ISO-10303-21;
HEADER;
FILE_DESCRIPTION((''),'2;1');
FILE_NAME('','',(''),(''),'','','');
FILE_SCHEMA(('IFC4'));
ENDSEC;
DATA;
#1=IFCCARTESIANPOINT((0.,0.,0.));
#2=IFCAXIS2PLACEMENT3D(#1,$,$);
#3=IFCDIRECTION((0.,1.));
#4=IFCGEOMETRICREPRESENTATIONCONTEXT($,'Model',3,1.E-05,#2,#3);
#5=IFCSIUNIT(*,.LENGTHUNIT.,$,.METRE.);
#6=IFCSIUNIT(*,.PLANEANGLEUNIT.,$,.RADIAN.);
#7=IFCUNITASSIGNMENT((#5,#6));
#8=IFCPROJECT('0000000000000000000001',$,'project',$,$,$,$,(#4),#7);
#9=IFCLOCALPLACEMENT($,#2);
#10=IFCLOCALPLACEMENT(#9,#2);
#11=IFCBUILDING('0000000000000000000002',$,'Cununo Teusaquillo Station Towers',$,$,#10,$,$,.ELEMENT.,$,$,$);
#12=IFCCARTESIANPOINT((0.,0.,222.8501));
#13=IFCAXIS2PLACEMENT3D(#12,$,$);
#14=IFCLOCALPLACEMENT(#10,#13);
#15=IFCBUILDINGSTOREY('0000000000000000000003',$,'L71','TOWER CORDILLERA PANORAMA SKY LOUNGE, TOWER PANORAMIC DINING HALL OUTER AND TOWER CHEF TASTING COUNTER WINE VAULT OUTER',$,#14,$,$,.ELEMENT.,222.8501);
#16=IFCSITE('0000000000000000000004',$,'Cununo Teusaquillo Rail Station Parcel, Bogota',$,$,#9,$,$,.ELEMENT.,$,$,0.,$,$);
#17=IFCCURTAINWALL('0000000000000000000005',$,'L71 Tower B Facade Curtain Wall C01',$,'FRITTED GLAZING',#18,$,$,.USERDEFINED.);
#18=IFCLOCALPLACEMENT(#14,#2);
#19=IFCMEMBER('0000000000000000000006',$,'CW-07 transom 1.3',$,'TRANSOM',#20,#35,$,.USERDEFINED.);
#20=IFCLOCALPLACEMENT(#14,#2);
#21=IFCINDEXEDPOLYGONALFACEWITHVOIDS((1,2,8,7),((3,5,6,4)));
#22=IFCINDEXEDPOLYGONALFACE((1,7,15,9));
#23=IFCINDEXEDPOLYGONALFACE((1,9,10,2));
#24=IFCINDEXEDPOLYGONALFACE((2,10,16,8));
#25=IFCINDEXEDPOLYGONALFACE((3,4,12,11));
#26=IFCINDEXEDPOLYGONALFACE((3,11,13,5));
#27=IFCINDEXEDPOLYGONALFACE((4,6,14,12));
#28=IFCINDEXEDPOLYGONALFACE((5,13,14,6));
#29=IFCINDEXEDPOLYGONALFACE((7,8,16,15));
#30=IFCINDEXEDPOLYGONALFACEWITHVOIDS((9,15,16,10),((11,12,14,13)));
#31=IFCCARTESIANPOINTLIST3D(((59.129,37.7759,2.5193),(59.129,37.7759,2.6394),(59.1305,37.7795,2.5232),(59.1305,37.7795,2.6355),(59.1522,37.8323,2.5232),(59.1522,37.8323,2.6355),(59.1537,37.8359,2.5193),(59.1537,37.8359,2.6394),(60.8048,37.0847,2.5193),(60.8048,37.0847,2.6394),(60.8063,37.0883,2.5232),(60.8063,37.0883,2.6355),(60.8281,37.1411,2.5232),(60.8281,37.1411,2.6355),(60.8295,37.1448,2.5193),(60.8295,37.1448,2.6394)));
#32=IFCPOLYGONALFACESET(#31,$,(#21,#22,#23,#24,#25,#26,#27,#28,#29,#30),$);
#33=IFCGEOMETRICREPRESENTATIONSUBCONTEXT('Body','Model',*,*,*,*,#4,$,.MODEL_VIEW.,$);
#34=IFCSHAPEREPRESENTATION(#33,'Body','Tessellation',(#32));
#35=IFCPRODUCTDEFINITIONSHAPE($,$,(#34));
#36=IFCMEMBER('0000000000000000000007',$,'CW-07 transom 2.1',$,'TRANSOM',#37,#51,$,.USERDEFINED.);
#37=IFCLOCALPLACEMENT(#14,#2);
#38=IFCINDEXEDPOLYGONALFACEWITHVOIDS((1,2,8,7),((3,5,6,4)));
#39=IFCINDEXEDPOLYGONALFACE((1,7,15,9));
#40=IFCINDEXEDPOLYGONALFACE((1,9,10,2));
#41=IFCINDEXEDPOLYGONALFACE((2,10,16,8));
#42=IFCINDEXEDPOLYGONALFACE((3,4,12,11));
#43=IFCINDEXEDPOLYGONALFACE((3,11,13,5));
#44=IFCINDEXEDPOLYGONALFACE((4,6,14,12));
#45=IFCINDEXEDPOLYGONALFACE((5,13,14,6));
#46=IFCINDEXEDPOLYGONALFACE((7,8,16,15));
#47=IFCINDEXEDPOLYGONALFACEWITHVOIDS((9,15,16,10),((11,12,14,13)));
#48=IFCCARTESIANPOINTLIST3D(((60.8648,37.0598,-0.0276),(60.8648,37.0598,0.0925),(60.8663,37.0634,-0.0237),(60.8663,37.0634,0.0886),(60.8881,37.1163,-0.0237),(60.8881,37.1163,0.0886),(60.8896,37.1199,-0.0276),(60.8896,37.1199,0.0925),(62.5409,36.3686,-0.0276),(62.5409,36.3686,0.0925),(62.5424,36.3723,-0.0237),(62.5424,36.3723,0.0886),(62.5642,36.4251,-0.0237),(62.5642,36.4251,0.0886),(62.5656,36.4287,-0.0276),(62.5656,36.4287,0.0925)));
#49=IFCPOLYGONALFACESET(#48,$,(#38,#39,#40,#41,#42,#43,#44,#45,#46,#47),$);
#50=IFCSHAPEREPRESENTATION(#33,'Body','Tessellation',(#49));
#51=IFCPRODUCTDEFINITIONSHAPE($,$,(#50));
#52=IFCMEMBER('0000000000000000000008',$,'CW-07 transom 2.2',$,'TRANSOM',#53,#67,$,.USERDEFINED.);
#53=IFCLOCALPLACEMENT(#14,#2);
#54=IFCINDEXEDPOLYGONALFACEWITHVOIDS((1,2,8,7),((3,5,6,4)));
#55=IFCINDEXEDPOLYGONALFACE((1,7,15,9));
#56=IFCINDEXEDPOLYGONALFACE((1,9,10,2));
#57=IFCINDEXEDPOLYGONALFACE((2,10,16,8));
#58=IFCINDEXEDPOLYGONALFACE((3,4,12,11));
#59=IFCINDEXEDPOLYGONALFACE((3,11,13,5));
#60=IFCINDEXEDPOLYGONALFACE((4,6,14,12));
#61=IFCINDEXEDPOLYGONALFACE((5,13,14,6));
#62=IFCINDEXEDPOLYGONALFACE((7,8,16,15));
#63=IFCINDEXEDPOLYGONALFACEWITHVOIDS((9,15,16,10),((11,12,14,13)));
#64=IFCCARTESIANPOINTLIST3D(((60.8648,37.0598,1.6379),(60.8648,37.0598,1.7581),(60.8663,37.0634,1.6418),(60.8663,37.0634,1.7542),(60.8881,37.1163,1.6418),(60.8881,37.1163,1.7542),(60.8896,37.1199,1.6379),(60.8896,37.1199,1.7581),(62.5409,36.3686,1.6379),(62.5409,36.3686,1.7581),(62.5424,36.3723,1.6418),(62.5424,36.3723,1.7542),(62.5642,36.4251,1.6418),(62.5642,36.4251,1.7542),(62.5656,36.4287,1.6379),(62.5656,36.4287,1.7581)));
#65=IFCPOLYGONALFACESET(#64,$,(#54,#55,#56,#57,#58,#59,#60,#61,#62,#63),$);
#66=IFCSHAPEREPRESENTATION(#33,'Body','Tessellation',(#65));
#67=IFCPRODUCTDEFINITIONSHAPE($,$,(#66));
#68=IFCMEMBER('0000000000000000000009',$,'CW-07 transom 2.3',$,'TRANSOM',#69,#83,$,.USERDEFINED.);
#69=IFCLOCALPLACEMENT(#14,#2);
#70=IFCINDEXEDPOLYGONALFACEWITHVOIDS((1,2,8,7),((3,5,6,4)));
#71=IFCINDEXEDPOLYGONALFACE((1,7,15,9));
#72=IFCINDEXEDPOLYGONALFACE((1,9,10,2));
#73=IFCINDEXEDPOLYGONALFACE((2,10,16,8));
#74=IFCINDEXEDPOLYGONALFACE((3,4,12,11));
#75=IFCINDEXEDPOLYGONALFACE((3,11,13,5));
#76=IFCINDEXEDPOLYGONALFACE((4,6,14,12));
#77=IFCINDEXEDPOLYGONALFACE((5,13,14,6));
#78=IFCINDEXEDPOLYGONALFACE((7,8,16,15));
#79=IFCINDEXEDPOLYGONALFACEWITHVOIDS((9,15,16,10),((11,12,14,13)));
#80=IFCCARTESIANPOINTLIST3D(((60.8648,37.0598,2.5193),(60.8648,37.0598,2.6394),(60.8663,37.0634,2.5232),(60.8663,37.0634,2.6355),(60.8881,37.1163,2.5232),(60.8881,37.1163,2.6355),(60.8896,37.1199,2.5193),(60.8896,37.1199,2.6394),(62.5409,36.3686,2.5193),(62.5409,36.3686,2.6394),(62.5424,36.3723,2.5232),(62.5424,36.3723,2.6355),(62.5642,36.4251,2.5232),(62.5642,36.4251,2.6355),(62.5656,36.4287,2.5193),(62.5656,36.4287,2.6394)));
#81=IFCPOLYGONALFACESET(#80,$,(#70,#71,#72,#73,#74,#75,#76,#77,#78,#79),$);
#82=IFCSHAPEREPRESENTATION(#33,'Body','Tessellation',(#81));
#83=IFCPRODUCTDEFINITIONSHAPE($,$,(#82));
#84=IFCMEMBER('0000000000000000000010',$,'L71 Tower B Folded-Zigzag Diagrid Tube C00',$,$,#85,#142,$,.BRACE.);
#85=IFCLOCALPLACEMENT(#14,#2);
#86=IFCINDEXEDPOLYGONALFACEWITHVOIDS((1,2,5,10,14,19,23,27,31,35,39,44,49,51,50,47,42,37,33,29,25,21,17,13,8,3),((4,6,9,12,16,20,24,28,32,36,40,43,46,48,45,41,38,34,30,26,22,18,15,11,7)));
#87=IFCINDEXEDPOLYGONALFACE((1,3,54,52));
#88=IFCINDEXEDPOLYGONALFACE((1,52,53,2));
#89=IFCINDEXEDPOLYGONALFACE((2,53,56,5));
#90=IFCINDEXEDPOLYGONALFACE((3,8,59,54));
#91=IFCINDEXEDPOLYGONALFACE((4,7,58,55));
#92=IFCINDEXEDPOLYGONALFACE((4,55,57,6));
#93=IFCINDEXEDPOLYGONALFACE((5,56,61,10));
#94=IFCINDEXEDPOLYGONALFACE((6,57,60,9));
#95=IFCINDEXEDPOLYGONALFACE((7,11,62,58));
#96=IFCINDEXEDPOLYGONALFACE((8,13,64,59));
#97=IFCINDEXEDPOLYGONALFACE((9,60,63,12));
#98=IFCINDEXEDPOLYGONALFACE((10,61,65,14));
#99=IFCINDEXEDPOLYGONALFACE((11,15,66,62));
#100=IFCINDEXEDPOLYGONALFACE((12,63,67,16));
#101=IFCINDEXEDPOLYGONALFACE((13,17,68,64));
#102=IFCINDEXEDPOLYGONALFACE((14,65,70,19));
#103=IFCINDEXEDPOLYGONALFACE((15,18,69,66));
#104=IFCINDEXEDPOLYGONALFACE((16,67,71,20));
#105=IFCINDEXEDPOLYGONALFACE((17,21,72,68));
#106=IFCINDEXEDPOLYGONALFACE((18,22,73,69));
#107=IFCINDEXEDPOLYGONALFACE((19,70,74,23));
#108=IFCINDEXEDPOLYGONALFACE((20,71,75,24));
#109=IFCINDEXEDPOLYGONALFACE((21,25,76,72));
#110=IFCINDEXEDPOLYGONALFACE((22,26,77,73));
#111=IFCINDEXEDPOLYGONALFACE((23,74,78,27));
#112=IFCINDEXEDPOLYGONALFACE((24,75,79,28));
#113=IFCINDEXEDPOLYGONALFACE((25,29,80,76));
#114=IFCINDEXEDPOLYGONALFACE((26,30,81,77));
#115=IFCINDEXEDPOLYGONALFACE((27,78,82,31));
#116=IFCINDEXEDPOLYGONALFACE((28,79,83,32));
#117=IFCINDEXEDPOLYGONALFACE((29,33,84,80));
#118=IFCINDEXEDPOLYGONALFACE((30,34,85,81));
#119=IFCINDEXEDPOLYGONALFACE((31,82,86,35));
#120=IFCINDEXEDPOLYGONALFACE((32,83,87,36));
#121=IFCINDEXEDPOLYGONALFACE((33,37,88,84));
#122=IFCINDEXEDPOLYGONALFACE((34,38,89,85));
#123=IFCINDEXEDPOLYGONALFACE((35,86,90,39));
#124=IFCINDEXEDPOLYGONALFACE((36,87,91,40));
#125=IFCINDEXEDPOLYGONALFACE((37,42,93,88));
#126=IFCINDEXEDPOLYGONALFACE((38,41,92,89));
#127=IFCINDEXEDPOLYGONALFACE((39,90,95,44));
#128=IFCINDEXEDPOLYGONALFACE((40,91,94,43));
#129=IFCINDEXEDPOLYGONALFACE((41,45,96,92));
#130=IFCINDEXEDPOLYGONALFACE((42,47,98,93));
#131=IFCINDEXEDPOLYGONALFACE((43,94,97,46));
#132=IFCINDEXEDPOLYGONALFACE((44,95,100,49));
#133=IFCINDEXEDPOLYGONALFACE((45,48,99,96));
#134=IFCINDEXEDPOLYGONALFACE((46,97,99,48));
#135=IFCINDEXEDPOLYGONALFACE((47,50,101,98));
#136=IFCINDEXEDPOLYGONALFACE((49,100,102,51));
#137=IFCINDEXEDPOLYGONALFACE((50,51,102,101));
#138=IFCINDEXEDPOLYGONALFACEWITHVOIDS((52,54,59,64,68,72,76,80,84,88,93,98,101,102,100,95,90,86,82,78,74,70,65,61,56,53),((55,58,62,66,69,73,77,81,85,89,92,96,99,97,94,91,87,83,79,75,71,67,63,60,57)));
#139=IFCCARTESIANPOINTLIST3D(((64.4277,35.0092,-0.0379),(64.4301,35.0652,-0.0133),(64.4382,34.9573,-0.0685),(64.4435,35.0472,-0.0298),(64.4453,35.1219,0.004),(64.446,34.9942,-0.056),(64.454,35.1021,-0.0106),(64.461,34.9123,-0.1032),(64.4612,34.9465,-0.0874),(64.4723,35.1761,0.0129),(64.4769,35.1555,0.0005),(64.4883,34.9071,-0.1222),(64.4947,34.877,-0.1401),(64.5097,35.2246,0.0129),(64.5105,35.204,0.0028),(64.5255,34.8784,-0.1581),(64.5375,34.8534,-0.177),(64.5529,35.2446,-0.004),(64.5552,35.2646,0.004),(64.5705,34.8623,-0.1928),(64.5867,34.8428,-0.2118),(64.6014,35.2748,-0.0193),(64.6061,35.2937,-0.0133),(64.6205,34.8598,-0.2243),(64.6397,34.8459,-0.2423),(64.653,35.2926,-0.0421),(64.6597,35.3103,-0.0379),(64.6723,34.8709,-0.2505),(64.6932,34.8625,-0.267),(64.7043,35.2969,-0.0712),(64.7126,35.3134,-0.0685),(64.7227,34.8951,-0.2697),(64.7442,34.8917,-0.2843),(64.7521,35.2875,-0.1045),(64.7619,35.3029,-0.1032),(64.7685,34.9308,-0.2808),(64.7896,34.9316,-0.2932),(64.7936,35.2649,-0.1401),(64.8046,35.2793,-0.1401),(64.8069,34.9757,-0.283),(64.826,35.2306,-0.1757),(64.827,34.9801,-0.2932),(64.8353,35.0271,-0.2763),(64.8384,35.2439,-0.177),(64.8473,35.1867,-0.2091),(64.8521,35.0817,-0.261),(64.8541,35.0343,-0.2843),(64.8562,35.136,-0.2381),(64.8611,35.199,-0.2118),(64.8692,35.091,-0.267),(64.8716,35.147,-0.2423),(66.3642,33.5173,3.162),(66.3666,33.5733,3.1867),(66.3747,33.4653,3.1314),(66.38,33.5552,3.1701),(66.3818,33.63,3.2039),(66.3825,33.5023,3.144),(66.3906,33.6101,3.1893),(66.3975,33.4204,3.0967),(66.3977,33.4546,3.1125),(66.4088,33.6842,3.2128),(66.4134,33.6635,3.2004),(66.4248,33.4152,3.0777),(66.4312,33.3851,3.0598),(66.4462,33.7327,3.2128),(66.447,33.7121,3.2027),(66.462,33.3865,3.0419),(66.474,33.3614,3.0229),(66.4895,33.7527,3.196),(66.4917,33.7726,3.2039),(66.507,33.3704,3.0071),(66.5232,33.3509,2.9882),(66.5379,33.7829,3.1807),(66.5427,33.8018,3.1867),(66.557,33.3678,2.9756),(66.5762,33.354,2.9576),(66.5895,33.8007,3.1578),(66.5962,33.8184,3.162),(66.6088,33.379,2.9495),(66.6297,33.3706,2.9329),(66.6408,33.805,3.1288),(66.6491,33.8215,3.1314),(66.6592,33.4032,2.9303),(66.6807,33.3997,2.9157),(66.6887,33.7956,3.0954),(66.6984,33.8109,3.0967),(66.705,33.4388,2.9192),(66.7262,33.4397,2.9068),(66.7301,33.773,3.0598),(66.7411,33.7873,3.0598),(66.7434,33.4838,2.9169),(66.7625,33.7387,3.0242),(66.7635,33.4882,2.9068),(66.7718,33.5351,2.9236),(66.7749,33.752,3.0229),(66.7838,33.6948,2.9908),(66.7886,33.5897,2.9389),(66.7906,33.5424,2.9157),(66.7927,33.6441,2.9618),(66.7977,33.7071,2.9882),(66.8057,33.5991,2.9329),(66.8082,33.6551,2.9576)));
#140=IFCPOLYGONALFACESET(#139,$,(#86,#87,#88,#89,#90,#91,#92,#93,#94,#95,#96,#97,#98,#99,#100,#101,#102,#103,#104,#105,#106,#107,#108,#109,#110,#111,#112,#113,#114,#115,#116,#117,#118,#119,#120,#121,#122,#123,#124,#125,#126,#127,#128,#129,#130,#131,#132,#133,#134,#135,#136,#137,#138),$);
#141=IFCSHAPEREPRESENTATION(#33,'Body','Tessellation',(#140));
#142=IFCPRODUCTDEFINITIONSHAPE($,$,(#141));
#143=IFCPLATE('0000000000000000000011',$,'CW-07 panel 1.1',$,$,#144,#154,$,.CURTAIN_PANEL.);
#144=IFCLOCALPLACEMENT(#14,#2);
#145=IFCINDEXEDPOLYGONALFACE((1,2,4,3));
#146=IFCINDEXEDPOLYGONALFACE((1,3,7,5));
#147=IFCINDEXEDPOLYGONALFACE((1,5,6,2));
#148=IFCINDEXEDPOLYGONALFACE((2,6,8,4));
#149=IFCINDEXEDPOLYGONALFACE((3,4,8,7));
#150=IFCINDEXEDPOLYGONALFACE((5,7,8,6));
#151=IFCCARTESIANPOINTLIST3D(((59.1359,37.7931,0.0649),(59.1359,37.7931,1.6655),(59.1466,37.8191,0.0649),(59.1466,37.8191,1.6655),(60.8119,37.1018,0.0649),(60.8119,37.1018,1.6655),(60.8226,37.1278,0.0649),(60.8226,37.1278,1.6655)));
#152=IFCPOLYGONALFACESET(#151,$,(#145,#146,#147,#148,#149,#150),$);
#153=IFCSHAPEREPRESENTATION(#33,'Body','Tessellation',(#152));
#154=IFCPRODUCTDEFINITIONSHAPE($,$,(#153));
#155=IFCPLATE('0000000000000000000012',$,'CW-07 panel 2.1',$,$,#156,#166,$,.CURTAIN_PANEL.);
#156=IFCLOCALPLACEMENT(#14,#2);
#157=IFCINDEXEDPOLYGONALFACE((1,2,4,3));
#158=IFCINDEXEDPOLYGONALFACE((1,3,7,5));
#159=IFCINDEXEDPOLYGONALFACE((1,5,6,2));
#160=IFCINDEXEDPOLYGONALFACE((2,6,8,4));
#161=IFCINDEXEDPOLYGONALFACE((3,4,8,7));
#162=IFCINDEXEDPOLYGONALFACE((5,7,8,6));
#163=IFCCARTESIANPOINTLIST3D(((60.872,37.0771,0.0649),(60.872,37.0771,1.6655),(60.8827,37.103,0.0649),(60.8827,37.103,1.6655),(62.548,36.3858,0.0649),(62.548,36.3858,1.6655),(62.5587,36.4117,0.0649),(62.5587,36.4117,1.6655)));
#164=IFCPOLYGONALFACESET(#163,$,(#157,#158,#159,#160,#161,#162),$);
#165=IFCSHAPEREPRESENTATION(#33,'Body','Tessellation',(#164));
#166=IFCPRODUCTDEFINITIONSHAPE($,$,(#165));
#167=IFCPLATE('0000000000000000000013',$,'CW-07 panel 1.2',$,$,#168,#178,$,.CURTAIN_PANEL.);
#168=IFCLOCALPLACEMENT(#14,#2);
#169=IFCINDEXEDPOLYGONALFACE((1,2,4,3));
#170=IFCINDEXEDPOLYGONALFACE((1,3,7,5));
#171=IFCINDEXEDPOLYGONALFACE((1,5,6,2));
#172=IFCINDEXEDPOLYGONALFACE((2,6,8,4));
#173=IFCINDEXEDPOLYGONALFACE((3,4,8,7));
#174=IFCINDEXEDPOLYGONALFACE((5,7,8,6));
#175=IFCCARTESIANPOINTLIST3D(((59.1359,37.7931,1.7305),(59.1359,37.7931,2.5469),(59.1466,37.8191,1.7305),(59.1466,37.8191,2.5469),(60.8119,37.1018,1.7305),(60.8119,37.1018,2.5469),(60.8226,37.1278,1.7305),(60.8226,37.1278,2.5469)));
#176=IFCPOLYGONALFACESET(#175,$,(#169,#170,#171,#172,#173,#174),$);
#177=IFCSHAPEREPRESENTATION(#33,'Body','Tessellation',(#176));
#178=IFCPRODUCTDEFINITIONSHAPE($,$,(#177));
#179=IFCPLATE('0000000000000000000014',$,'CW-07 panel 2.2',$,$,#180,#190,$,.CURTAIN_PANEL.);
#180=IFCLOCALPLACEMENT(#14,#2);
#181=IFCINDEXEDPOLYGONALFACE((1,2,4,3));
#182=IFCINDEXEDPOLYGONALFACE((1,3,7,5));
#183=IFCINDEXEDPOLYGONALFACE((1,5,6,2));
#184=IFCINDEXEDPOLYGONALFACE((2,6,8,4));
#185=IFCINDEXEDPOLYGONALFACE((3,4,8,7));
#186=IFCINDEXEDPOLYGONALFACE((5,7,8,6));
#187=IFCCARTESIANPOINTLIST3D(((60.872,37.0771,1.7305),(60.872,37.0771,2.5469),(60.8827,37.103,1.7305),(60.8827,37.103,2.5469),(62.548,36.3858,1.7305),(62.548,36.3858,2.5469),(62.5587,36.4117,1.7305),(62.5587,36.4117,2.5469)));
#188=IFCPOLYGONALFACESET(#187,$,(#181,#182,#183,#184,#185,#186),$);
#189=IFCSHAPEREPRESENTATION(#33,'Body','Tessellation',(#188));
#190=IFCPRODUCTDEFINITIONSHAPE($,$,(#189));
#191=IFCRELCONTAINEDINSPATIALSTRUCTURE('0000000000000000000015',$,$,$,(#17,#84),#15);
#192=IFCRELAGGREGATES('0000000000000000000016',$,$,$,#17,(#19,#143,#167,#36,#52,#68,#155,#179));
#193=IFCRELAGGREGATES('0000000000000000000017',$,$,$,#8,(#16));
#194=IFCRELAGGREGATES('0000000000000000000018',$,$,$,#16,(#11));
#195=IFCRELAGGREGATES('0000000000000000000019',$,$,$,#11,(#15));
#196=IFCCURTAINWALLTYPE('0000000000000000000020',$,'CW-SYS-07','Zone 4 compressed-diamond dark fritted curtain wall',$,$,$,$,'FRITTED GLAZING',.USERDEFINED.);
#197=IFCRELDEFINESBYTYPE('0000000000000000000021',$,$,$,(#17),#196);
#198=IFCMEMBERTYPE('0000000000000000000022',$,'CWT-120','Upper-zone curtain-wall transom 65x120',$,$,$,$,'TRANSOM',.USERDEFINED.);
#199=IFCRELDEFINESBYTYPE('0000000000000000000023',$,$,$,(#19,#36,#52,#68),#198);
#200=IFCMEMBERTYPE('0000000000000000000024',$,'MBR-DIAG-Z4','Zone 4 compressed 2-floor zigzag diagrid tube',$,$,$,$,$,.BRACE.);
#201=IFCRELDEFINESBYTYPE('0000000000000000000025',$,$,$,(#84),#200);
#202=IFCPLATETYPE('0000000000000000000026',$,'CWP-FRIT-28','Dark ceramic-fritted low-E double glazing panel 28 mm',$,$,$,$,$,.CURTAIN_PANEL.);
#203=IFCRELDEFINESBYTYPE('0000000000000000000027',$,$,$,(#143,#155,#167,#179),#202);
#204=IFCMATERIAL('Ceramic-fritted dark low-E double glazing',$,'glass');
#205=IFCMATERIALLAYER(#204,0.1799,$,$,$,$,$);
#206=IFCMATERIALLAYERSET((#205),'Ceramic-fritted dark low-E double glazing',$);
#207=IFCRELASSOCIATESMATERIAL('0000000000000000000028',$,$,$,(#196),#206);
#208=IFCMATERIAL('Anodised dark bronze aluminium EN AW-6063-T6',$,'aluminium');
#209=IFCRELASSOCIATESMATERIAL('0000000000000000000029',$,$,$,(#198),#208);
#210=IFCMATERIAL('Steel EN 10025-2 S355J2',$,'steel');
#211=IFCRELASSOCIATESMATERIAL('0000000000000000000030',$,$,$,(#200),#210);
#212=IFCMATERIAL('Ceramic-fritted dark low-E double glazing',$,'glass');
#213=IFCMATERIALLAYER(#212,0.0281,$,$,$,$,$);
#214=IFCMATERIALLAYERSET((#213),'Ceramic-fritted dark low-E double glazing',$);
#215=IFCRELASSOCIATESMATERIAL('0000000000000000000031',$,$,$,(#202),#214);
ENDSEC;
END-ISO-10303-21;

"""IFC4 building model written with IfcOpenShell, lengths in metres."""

from ifc_helpers import new_model, si_unit, direction, frame, origin, origin_2d, place, context, subcontext, project, spatial, rectangle, hollow_rectangle, hollow_circle, extrude, source, transform, mapped, material, layer, layer_set, material_profile, profile_set, type_object, element, aggregate, save


model = new_model("IFC4")

# Units and contexts
model_context = context("Model", 3, precision=1e-05, world=origin(), true_north=direction((0.0, 1.0)))
body_context = subcontext(model_context, "Body", "Model", "MODEL_VIEW")
ifc_project = project(units=[si_unit("LENGTHUNIT", "METRE"), si_unit("PLANEANGLEUNIT", "RADIAN")], contexts=[model_context])

# Site, building, storey
site_placement = place(None, origin())
site = spatial("IfcSite", under=ifc_project, at=site_placement, Name="Cununo Teusaquillo Rail Station Parcel, Bogota", CompositionType="ELEMENT", RefElevation=0.0)
building_placement = place(site_placement, origin())
building = spatial("IfcBuilding", under=site, at=building_placement, Name="Cununo Teusaquillo Station Towers", CompositionType="ELEMENT")
storey_placement = place(building_placement, frame((0.0, 0.0, 222.8501)))
storey = spatial("IfcBuildingStorey", under=building, at=storey_placement, Name="L71", Description="TOWER CORDILLERA PANORAMA SKY LOUNGE, TOWER PANORAMIC DINING HALL OUTER AND TOWER CHEF TASTING COUNTER WINE VAULT OUTER", CompositionType="ELEMENT", Elevation=222.8501)

# Curtain wall, members
ifc_material_1 = material(Name="Ceramic-fritted dark low-E double glazing", Category="glass")
ifc_layer_1 = layer(ifc_material_1, 0.1799)
ifc_layer_set_1 = layer_set([ifc_layer_1], Name="Ceramic-fritted dark low-E double glazing")
curtain_wall_type = type_object("IfcCurtainWallType", Name="CW-SYS-07", Description="Zone 4 compressed-diamond dark fritted curtain wall", ElementType="FRITTED GLAZING", PredefinedType="USERDEFINED", material=ifc_layer_set_1)
curtain_wall_placement = place(storey_placement, origin())
curtain_wall = element("IfcCurtainWall", 1, at=curtain_wall_placement, inside=storey, type_object=curtain_wall_type, Name="L71 Tower B Facade Curtain Wall C01", ObjectType="FRITTED GLAZING", PredefinedType="USERDEFINED")
ifc_material_2 = material(Name="Anodised dark bronze aluminium EN AW-6063-T6", Category="aluminium")
ifc_material_profile_1 = material_profile(ifc_material_2, hollow_rectangle(XDim=0.0649, YDim=0.1201, WallThickness=0.0039, at=origin_2d()), Name="CW-TRAN-65x120")
ifc_profile_set_1 = profile_set([ifc_material_profile_1], Name="Anodised dark bronze aluminium EN AW-6063-T6")
member_type_1 = type_object("IfcMemberType", Name="CWT-120", Description="Upper-zone curtain-wall transom 65x120", ElementType="TRANSOM", PredefinedType="USERDEFINED", material=ifc_profile_set_1)
member_1_placement = place(storey_placement, frame((59.1414, 37.8059, 2.5793), z_axis=(0.924458, -0.381285, 0.0), x_axis=(0.381285, 0.924458, 0.0)))
member_1 = element("IfcMember", 2, at=member_1_placement, type_object=member_type_1, Name="CW-07 transom 1.3", ObjectType="TRANSOM", PredefinedType="USERDEFINED", context=body_context, shape_type="SweptSolid", body=[
    extrude(hollow_rectangle(XDim=0.0649, YDim=0.1201, WallThickness=0.0039, at=origin_2d()), origin(), (0.0, 0.0, 1.0), 1.8127),
])
member_2_placement = place(storey_placement, frame((60.8772, 37.0898, 0.0325), z_axis=(0.924477, -0.381237, 0.0), x_axis=(0.381237, 0.924477, 0.0)))
member_2 = element("IfcMember", 3, at=member_2_placement, type_object=member_type_1, Name="CW-07 transom 2.1", ObjectType="TRANSOM", PredefinedType="USERDEFINED", context=body_context, shape_type="SweptSolid", body=[
    extrude(hollow_rectangle(XDim=0.0649, YDim=0.1201, WallThickness=0.0039, at=origin_2d()), origin(), (0.0, 0.0, 1.0), 1.813),
])
member_3_placement = place(storey_placement, frame((60.8772, 37.0898, 1.698), z_axis=(0.924477, -0.381237, 0.0), x_axis=(0.381237, 0.924477, 0.0)))
member_3 = element("IfcMember", 4, at=member_3_placement, type_object=member_type_1, Name="CW-07 transom 2.2", ObjectType="TRANSOM", PredefinedType="USERDEFINED", context=body_context, shape_type="SweptSolid", body=[
    extrude(hollow_rectangle(XDim=0.0649, YDim=0.1201, WallThickness=0.0039, at=origin_2d()), origin(), (0.0, 0.0, 1.0), 1.813),
])
member_4_placement = place(storey_placement, frame((60.8772, 37.0898, 2.5793), z_axis=(0.924477, -0.381237, 0.0), x_axis=(0.381237, 0.924477, 0.0)))
member_4 = element("IfcMember", 5, at=member_4_placement, type_object=member_type_1, Name="CW-07 transom 2.3", ObjectType="TRANSOM", PredefinedType="USERDEFINED", context=body_context, shape_type="SweptSolid", body=[
    extrude(hollow_rectangle(XDim=0.0649, YDim=0.1201, WallThickness=0.0039, at=origin_2d()), origin(), (0.0, 0.0, 1.0), 1.813),
])

# Member
ifc_material_3 = material(Name="Steel EN 10025-2 S355J2", Category="steel")
ifc_material_profile_2 = material_profile(ifc_material_3, hollow_circle(Radius=0.2539, WallThickness=0.0181, at=origin_2d()), Name="CHS 508x18")
ifc_profile_set_2 = profile_set([ifc_material_profile_2], Name="Steel EN 10025-2 S355J2")
member_type_2 = type_object("IfcMemberType", Name="MBR-DIAG-Z4", Description="Zone 4 compressed 2-floor zigzag diagrid tube", PredefinedType="BRACE", material=ifc_profile_set_2)
member_5_placement = place(storey_placement, frame((64.6497, 35.0781, -0.1401), z_axis=(0.4809, -0.370497, 0.794649), x_axis=(0.610304, 0.792167, 0.0)))
element("IfcMember", 6, at=member_5_placement, inside=storey, type_object=member_type_2, Name="L71 Tower B Folded-Zigzag Diagrid Tube C00", PredefinedType="BRACE", context=body_context, shape_type="SweptSolid", body=[
    extrude(hollow_circle(Radius=0.2539, WallThickness=0.0181, at=origin_2d()), origin(), (0.0, 0.0, 1.0), 4.0269),
])

# Plates
ifc_material_4 = material(Name="Ceramic-fritted dark low-E double glazing", Category="glass")
ifc_layer_2 = layer(ifc_material_4, 0.0281)
ifc_layer_set_2 = layer_set([ifc_layer_2], Name="Ceramic-fritted dark low-E double glazing")
plate_type = type_object("IfcPlateType", Name="CWP-FRIT-28", Description="Dark ceramic-fritted low-E double glazing panel 28 mm", PredefinedType="CURTAIN_PANEL", material=ifc_layer_set_2)
shared_shape_1 = source(origin(), body_context, "Body", "SweptSolid", [
    extrude(rectangle(XDim=1.813, YDim=0.0281, at=origin_2d()), origin(), (0.0, 0.0, 1.0), 1.6006),
])
plate_1_placement = place(storey_placement, frame((59.9792, 37.4604, 0.0649), z_axis=(0.0, 0.0, 1.0), x_axis=(0.924447, -0.381311, 0.0)))
plate_1 = element("IfcPlate", 7, at=plate_1_placement, type_object=plate_type, Name="CW-07 panel 1.1", PredefinedType="CURTAIN_PANEL", context=body_context, shape_type="MappedRepresentation", body=[
    mapped(shared_shape_1, transform((0.0, 0.0, 0.0), x_axis=(1.0, 0.0, 0.0), y_axis=(0.0, 1.0, 0.0), z_axis=(0.0, 0.0, 1.0), scale=1.0)),
])
plate_2_placement = place(storey_placement, frame((61.7153, 36.7444, 0.0649), z_axis=(0.0, 0.0, 1.0), x_axis=(0.924447, -0.381311, 0.0)))
plate_2 = element("IfcPlate", 8, at=plate_2_placement, type_object=plate_type, Name="CW-07 panel 2.1", PredefinedType="CURTAIN_PANEL", context=body_context, shape_type="MappedRepresentation", body=[
    mapped(shared_shape_1, transform((0.0, 0.0, 0.0), x_axis=(1.0, 0.0, 0.0), y_axis=(0.0, 1.0, 0.0), z_axis=(0.0, 0.0, 1.0), scale=1.0)),
])
shared_shape_2 = source(origin(), body_context, "Body", "SweptSolid", [
    extrude(rectangle(XDim=1.813, YDim=0.0281, at=origin_2d()), origin(), (0.0, 0.0, 1.0), 0.8164),
])
plate_3_placement = place(storey_placement, frame((59.9792, 37.4604, 1.7305), z_axis=(0.0, 0.0, 1.0), x_axis=(0.924447, -0.381311, 0.0)))
plate_3 = element("IfcPlate", 9, at=plate_3_placement, type_object=plate_type, Name="CW-07 panel 1.2", PredefinedType="CURTAIN_PANEL", context=body_context, shape_type="MappedRepresentation", body=[
    mapped(shared_shape_2, transform((0.0, 0.0, 0.0), x_axis=(1.0, 0.0, 0.0), y_axis=(0.0, 1.0, 0.0), z_axis=(0.0, 0.0, 1.0), scale=1.0)),
])
plate_4_placement = place(storey_placement, frame((61.7153, 36.7444, 1.7305), z_axis=(0.0, 0.0, 1.0), x_axis=(0.924447, -0.381311, 0.0)))
plate_4 = element("IfcPlate", 10, at=plate_4_placement, type_object=plate_type, Name="CW-07 panel 2.2", PredefinedType="CURTAIN_PANEL", context=body_context, shape_type="MappedRepresentation", body=[
    mapped(shared_shape_2, transform((0.0, 0.0, 0.0), x_axis=(1.0, 0.0, 0.0), y_axis=(0.0, 1.0, 0.0), z_axis=(0.0, 0.0, 1.0), scale=1.0)),
])
aggregate(curtain_wall, [member_1, plate_1, plate_3, member_2, member_3, member_4, plate_2, plate_4])

save(model, "model.ifc")
